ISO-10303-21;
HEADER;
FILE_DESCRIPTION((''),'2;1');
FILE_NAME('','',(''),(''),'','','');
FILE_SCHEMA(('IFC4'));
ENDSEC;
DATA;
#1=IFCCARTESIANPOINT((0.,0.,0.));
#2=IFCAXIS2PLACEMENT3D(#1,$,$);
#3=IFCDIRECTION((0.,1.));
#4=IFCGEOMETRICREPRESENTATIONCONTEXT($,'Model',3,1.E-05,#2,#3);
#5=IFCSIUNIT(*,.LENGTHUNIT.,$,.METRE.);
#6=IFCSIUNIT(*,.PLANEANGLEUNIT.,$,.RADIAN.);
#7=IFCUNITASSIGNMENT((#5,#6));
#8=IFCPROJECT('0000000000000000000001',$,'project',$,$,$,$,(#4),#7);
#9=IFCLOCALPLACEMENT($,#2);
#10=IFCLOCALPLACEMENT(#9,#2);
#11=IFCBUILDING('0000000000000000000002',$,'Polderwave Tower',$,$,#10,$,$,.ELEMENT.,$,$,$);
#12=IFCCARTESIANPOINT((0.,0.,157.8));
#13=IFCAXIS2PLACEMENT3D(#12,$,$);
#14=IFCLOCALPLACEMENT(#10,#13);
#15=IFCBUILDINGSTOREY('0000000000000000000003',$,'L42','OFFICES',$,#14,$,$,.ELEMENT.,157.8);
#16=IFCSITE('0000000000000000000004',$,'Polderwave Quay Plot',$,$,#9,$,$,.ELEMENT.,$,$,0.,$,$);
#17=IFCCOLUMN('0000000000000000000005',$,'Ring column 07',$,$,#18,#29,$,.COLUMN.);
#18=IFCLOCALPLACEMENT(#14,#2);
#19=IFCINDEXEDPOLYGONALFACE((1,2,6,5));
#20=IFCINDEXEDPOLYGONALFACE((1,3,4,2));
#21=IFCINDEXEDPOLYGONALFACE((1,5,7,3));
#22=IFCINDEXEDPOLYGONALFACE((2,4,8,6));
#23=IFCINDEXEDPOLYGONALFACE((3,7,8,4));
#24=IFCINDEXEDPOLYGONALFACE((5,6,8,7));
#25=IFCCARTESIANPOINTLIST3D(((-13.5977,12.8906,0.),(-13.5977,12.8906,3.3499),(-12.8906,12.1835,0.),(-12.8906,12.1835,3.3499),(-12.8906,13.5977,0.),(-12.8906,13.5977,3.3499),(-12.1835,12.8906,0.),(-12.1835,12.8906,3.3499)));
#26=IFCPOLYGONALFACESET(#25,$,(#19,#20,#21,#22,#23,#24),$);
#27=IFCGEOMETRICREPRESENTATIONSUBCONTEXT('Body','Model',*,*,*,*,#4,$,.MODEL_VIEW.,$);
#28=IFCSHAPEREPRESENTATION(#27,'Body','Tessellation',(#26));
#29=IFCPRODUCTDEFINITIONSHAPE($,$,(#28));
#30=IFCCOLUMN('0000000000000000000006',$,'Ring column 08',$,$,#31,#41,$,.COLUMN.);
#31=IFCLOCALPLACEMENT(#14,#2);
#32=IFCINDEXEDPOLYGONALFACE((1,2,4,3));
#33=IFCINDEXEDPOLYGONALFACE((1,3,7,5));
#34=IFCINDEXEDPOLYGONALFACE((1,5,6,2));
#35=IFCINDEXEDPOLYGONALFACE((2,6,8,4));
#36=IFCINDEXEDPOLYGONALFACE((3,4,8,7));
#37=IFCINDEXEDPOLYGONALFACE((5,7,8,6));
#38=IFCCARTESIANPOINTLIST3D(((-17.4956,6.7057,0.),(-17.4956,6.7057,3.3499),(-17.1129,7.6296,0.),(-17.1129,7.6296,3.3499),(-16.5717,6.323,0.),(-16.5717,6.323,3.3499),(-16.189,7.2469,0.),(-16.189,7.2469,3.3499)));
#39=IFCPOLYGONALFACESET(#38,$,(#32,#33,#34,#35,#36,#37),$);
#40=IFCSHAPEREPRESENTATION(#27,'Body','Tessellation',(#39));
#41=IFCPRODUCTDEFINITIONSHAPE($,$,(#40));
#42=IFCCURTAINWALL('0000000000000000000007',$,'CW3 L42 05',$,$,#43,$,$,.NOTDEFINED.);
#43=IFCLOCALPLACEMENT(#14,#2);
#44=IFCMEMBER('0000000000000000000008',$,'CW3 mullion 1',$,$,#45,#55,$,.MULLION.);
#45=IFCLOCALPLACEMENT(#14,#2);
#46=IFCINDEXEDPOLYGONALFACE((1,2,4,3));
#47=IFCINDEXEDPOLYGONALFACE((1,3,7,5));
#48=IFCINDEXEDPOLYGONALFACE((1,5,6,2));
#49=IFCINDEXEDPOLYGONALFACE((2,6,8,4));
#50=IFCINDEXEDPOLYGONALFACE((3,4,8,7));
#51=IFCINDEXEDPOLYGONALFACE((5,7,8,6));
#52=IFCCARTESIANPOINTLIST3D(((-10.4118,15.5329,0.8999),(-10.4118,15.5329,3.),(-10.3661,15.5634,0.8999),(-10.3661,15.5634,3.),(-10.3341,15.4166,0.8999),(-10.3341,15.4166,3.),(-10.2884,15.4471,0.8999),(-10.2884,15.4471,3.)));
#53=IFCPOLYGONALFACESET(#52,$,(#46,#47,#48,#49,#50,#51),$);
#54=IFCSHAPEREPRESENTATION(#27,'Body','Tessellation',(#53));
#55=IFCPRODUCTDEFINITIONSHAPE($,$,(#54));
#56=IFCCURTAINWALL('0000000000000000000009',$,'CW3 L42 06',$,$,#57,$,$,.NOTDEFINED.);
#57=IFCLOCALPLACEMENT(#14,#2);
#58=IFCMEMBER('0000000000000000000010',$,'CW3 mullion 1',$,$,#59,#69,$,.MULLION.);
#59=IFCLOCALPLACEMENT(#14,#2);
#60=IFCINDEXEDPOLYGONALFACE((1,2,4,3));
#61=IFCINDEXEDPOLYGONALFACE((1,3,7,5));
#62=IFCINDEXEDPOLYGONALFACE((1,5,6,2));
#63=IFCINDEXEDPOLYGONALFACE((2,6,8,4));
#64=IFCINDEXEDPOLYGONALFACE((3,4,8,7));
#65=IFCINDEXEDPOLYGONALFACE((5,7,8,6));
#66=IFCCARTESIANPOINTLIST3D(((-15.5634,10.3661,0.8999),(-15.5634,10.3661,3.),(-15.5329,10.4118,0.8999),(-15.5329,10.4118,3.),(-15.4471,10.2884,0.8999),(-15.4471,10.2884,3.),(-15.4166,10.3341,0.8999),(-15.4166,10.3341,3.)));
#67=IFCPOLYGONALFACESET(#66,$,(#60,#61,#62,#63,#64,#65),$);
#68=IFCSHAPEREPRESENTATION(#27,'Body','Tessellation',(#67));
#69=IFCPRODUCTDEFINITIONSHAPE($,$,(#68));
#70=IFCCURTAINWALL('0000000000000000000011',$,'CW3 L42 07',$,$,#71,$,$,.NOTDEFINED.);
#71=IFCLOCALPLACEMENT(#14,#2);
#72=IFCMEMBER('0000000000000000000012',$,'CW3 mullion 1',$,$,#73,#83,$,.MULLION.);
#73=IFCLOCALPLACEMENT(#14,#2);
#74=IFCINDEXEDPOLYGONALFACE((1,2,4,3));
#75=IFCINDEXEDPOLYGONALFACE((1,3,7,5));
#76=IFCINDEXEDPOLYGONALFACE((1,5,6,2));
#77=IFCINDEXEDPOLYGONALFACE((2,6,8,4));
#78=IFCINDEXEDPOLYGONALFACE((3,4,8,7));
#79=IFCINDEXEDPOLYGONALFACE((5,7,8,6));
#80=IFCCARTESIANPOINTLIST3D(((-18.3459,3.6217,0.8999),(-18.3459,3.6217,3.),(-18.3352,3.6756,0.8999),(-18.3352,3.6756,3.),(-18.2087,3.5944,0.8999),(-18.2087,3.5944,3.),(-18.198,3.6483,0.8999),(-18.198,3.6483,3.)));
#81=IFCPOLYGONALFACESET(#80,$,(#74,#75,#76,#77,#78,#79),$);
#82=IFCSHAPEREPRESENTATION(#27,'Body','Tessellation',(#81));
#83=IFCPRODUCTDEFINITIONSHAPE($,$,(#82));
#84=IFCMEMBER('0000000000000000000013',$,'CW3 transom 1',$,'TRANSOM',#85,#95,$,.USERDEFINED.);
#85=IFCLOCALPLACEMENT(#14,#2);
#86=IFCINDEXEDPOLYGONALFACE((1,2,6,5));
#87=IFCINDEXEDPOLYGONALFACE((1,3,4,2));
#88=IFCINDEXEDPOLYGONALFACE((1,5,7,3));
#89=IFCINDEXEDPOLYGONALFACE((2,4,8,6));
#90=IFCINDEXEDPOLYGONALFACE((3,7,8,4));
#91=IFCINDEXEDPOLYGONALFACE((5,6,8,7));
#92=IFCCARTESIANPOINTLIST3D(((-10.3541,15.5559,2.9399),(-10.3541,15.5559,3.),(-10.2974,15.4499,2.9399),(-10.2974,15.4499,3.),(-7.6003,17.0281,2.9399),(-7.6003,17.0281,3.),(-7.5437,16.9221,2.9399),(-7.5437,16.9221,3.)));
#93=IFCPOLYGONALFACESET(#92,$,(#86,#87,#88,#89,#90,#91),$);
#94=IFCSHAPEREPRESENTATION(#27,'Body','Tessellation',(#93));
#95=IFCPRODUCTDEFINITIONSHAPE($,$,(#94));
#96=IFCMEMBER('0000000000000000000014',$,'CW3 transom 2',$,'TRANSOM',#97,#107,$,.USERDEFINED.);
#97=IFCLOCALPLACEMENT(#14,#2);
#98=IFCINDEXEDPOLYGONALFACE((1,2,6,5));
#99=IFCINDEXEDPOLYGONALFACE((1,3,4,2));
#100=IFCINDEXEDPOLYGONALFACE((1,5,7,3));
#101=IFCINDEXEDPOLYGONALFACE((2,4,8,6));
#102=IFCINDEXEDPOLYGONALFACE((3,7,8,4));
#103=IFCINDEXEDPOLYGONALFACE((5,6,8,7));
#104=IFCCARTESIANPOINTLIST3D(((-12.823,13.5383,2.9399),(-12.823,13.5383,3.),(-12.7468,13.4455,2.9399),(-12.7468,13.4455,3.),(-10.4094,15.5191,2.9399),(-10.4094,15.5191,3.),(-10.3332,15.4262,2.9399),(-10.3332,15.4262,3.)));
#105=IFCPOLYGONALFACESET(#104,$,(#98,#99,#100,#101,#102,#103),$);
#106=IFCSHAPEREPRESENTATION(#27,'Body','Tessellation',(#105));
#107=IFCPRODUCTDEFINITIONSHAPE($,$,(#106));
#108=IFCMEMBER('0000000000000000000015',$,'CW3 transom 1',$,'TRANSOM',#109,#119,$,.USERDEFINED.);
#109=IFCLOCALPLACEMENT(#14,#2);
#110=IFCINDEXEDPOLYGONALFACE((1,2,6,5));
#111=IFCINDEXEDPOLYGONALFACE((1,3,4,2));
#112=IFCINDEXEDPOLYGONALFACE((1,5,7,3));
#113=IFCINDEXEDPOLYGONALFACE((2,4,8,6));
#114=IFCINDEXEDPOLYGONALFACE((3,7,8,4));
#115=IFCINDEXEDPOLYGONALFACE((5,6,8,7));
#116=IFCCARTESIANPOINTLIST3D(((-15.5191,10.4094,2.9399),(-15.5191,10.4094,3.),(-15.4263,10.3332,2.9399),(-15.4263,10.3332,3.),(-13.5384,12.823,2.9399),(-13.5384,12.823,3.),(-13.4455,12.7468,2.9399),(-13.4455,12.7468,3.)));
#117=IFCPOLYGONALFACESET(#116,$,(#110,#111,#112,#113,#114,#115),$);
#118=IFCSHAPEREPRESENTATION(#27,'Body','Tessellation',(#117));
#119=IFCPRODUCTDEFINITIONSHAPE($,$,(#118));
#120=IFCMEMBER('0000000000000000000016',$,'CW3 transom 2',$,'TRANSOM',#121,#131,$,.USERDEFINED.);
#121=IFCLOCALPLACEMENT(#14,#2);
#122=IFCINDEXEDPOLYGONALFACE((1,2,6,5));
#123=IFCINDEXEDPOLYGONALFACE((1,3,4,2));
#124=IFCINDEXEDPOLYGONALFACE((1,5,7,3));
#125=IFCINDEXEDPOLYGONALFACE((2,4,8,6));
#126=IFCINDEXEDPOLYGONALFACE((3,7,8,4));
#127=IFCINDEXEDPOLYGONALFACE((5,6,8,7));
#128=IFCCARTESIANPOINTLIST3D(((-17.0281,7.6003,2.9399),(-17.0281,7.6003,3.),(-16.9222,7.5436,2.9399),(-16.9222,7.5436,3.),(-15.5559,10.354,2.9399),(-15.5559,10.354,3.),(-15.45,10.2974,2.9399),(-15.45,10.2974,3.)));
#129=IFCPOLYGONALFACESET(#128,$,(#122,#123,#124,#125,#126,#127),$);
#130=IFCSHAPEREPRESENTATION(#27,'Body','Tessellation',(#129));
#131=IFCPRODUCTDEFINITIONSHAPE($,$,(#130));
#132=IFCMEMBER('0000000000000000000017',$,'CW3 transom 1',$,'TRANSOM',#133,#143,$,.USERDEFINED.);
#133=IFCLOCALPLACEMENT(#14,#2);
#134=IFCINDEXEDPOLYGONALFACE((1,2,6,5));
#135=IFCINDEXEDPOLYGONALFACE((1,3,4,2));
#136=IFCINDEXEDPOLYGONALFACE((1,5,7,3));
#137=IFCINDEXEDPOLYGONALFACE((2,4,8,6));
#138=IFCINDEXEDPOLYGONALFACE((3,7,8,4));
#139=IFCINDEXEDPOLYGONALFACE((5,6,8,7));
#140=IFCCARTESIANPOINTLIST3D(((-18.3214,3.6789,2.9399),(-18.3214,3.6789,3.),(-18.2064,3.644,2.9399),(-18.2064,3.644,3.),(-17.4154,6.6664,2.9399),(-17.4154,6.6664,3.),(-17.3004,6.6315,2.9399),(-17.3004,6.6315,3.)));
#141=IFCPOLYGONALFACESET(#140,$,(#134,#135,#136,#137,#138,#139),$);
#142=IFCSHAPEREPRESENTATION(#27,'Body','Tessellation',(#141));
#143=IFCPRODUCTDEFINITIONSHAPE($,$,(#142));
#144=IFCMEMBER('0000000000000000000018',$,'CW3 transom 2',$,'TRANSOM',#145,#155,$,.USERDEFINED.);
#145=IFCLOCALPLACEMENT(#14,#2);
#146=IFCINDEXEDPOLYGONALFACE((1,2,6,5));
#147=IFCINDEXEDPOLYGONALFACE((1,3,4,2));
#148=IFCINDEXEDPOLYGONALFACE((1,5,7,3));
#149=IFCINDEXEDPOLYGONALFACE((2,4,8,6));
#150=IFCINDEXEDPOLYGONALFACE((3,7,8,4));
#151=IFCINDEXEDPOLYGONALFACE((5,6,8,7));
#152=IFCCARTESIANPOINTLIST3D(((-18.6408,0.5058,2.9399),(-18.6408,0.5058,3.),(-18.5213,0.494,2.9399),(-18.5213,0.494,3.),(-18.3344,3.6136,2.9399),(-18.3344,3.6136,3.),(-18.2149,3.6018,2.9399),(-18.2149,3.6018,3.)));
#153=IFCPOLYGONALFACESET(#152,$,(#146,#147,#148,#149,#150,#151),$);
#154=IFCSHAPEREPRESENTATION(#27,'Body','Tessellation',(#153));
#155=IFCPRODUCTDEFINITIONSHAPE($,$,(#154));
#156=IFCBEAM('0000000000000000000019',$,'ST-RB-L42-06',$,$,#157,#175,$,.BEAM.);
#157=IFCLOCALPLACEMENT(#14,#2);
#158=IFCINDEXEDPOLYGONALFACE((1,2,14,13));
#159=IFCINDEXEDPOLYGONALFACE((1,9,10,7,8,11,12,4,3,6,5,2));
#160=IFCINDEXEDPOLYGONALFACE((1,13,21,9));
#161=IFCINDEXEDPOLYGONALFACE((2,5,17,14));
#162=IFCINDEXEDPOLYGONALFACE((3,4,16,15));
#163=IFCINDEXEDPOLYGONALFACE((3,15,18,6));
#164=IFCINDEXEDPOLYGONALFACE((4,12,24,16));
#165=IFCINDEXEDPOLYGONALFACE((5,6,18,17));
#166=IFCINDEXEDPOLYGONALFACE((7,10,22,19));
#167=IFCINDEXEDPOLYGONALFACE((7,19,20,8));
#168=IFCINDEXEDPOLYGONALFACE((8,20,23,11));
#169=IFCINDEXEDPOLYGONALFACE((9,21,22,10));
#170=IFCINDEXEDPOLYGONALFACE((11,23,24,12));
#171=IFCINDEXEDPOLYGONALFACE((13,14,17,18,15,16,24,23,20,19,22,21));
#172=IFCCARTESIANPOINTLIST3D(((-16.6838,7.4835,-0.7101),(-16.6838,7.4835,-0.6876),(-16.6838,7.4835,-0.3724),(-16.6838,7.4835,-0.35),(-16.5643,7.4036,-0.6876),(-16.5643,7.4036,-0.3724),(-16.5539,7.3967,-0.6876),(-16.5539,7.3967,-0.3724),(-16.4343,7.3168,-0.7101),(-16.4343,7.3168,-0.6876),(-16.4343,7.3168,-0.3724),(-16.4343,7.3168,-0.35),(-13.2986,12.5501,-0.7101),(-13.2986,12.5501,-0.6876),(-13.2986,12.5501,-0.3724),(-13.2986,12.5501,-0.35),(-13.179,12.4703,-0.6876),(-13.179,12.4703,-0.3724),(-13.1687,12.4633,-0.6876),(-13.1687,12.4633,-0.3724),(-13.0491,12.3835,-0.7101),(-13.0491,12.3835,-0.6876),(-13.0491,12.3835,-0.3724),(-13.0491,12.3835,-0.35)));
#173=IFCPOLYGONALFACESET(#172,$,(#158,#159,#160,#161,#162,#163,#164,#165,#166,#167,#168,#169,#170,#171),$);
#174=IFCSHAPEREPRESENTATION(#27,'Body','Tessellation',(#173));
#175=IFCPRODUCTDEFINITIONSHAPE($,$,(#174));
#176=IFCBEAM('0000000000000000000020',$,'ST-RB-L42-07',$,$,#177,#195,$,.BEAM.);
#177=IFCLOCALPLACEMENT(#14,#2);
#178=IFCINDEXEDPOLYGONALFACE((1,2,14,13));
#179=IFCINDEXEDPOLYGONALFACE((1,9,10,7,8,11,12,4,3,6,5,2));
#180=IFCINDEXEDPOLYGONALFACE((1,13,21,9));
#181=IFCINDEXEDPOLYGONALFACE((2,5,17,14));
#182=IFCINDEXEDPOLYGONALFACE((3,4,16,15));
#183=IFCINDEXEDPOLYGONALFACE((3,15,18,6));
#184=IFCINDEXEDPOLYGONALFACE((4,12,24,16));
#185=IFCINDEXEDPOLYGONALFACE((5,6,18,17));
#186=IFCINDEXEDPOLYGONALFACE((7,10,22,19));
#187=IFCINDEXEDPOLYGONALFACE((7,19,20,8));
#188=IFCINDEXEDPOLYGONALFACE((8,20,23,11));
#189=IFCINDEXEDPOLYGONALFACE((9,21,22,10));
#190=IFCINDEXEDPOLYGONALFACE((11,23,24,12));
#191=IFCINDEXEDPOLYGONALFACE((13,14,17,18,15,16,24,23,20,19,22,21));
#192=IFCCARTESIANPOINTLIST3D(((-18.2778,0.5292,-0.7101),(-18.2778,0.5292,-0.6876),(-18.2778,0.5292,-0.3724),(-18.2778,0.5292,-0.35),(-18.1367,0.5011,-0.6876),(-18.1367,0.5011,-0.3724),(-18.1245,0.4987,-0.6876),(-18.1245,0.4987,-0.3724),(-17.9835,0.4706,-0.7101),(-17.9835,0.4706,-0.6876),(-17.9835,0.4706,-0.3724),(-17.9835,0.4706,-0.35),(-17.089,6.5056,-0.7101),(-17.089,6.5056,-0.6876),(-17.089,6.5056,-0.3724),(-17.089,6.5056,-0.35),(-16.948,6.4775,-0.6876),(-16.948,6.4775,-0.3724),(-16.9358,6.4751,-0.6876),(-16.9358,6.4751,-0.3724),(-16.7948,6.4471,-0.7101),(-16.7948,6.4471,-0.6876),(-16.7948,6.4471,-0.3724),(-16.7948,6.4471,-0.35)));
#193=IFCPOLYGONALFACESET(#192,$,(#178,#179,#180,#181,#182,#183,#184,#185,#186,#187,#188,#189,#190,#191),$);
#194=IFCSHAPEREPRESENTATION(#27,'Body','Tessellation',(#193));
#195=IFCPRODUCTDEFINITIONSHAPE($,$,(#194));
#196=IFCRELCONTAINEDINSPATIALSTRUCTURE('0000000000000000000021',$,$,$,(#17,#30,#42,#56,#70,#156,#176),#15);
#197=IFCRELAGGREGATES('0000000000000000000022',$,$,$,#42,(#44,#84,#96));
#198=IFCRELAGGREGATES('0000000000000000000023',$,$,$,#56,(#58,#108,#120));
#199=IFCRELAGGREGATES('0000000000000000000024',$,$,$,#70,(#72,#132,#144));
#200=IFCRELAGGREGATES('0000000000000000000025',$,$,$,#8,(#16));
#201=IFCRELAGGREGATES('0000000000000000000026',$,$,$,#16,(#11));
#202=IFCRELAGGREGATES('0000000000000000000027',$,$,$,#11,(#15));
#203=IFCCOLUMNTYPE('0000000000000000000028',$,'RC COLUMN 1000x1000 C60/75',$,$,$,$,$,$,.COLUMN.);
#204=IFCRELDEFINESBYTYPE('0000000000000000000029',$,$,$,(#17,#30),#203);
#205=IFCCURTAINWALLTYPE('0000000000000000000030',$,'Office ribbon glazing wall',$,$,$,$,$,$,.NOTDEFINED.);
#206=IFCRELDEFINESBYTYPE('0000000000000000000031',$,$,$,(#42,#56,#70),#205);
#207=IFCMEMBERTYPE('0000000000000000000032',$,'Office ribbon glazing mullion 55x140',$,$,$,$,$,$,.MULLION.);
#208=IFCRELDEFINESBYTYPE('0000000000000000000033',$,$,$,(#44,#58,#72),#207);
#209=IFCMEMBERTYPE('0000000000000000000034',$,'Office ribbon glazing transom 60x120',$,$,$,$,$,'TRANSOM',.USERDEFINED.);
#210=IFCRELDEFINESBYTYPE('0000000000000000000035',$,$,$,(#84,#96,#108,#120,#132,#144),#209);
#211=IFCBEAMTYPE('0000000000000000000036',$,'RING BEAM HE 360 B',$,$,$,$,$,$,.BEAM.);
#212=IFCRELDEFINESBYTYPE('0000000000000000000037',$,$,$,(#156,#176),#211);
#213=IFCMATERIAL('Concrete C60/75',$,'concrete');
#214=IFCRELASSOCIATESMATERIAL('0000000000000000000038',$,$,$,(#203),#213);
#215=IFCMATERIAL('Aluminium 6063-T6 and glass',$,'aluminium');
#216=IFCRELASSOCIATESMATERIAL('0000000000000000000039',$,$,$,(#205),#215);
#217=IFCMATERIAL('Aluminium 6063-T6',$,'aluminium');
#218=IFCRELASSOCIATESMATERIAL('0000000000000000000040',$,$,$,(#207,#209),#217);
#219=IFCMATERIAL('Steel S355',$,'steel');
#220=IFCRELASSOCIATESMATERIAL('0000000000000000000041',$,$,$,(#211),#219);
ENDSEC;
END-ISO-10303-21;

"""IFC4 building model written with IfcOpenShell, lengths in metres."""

from ifc_helpers import new_model, si_unit, direction, frame, origin, origin_2d, place, context, subcontext, project, spatial, rectangle, i_section, extrude, material, material_profile, profile_set, type_object, element, aggregate, save


model = new_model("IFC4")

# Units and contexts
model_context = context("Model", 3, precision=1e-05, world=origin(), true_north=direction((0.0, 1.0)))
body_context = subcontext(model_context, "Body", "Model", "MODEL_VIEW")
ifc_project = project(units=[si_unit("LENGTHUNIT", "METRE"), si_unit("PLANEANGLEUNIT", "RADIAN")], contexts=[model_context])

# Site, building, storey
site_placement = place(None, origin())
site = spatial("IfcSite", under=ifc_project, at=site_placement, Name="Polderwave Quay Plot", CompositionType="ELEMENT", RefElevation=0.0)
building_placement = place(site_placement, origin())
building = spatial("IfcBuilding", under=site, at=building_placement, Name="Polderwave Tower", CompositionType="ELEMENT")
storey_placement = place(building_placement, frame((0.0, 0.0, 157.8)))
storey = spatial("IfcBuildingStorey", under=building, at=storey_placement, Name="L42", Description="OFFICES", CompositionType="ELEMENT", Elevation=157.8)

# Columns
ifc_material_1 = material(Name="Concrete C60/75", Category="concrete")
ifc_material_profile_1 = material_profile(ifc_material_1, rectangle(XDim=1.0, YDim=1.0, at=origin_2d()), Name="RC 1000x1000")
ifc_profile_set_1 = profile_set([ifc_material_profile_1], Name="Concrete C60/75")
column_type = type_object("IfcColumnType", Name="RC COLUMN 1000x1000 C60/75", PredefinedType="COLUMN", material=ifc_profile_set_1)
for number, where, z_axis, x_axis, name in (
    (1, (-12.8906, 12.8906, 0.0), (0.0, 0.0, 1.0), (-0.707107, 0.707107, 0.0), "Ring column 07"),
    (2, (-16.8423, 6.9763, 0.0), (0.0, 0.0, 1.0), (-0.92388, 0.382683, 0.0), "Ring column 08"),
):
    element("IfcColumn", number, at=place(storey_placement, frame(where, z_axis=z_axis, x_axis=x_axis)), inside=storey, type_object=column_type, Name=name, PredefinedType="COLUMN", context=body_context, shape_type="SweptSolid", body=[
        extrude(rectangle(XDim=1.0, YDim=1.0, at=origin_2d()), origin(), (0.0, 0.0, 1.0), 3.3499),
    ])

# Curtain walls, members
ifc_material_2 = material(Name="Aluminium 6063-T6 and glass", Category="aluminium")
curtain_wall_type = type_object("IfcCurtainWallType", Name="Office ribbon glazing wall", PredefinedType="NOTDEFINED", material=ifc_material_2)
curtain_wall_1_placement = place(storey_placement, origin())
curtain_wall_1 = element("IfcCurtainWall", 3, at=curtain_wall_1_placement, inside=storey, type_object=curtain_wall_type, Name="CW3 L42 05", PredefinedType="NOTDEFINED")
ifc_material_3 = material(Name="Aluminium 6063-T6", Category="aluminium")
ifc_material_profile_2 = material_profile(ifc_material_3, rectangle(XDim=0.1399, YDim=0.0549, at=origin_2d()), Name="AL 55x140")
ifc_profile_set_2 = profile_set([ifc_material_profile_2], Name="Aluminium 6063-T6")
member_type_1 = type_object("IfcMemberType", Name="Office ribbon glazing mullion 55x140", PredefinedType="MULLION", material=ifc_profile_set_2)
member_1_placement = place(storey_placement, frame((-10.3501, 15.49, 0.8999), z_axis=(0.0, 0.0, 1.0), x_axis=(0.555548, -0.831484, 0.0)))
member_1 = element("IfcMember", 4, at=member_1_placement, type_object=member_type_1, Name="CW3 mullion 1", PredefinedType="MULLION", context=body_context, shape_type="SweptSolid", body=[
    extrude(rectangle(XDim=0.1399, YDim=0.0549, at=origin_2d()), origin(), (0.0, 0.0, 1.0), 2.1001),
])
curtain_wall_2_placement = place(storey_placement, origin())
curtain_wall_2 = element("IfcCurtainWall", 5, at=curtain_wall_2_placement, inside=storey, type_object=curtain_wall_type, Name="CW3 L42 06", PredefinedType="NOTDEFINED")
member_2_placement = place(storey_placement, frame((-15.49, 10.3501, 0.8999), z_axis=(0.0, 0.0, 1.0), x_axis=(0.831484, -0.555548, 0.0)))
member_2 = element("IfcMember", 6, at=member_2_placement, type_object=member_type_1, Name="CW3 mullion 1", PredefinedType="MULLION", context=body_context, shape_type="SweptSolid", body=[
    extrude(rectangle(XDim=0.1399, YDim=0.0549, at=origin_2d()), origin(), (0.0, 0.0, 1.0), 2.1001),
])
curtain_wall_3_placement = place(storey_placement, origin())
curtain_wall_3 = element("IfcCurtainWall", 7, at=curtain_wall_3_placement, inside=storey, type_object=curtain_wall_type, Name="CW3 L42 07", PredefinedType="NOTDEFINED")
member_3_placement = place(storey_placement, frame((-18.272, 3.635, 0.8999), z_axis=(0.0, 0.0, 1.0), x_axis=(0.980787, -0.195083, 0.0)))
member_3 = element("IfcMember", 8, at=member_3_placement, type_object=member_type_1, Name="CW3 mullion 1", PredefinedType="MULLION", context=body_context, shape_type="SweptSolid", body=[
    extrude(rectangle(XDim=0.1399, YDim=0.0549, at=origin_2d()), origin(), (0.0, 0.0, 1.0), 2.1001),
])

# Members
ifc_material_profile_3 = material_profile(ifc_material_3, rectangle(XDim=0.1201, YDim=0.0601, at=origin_2d()), Name="AL 60x120")
ifc_profile_set_3 = profile_set([ifc_material_profile_3], Name="Aluminium 6063-T6")
member_type_2 = type_object("IfcMemberType", Name="Office ribbon glazing transom 60x120", ElementType="TRANSOM", PredefinedType="USERDEFINED", material=ifc_profile_set_3)
member_4_placement = place(storey_placement, frame((-7.572, 16.9751, 2.97), z_axis=(-0.881881, -0.471473, 0.0), x_axis=(0.471473, -0.881881, 0.0)))
member_4 = element("IfcMember", 9, at=member_4_placement, type_object=member_type_2, Name="CW3 transom 1", ObjectType="TRANSOM", PredefinedType="USERDEFINED", context=body_context, shape_type="SweptSolid", body=[
    extrude(rectangle(XDim=0.1201, YDim=0.0601, at=origin_2d()), origin(), (0.0, 0.0, 1.0), 3.1226),
])
member_5_placement = place(storey_placement, frame((-10.3713, 15.4727, 2.97), z_axis=(-0.773019, -0.634383, 0.0), x_axis=(0.634383, -0.773019, 0.0)))
member_5 = element("IfcMember", 10, at=member_5_placement, type_object=member_type_2, Name="CW3 transom 2", ObjectType="TRANSOM", PredefinedType="USERDEFINED", context=body_context, shape_type="SweptSolid", body=[
    extrude(rectangle(XDim=0.1201, YDim=0.0601, at=origin_2d()), origin(), (0.0, 0.0, 1.0), 3.1223),
])
member_6_placement = place(storey_placement, frame((-13.4919, 12.7849, 2.97), z_axis=(-0.634383, -0.773019, 0.0), x_axis=(0.773019, -0.634383, 0.0)))
member_6 = element("IfcMember", 11, at=member_6_placement, type_object=member_type_2, Name="CW3 transom 1", ObjectType="TRANSOM", PredefinedType="USERDEFINED", context=body_context, shape_type="SweptSolid", body=[
    extrude(rectangle(XDim=0.1201, YDim=0.0601, at=origin_2d()), origin(), (0.0, 0.0, 1.0), 3.1223),
])
member_7_placement = place(storey_placement, frame((-15.5029, 10.3257, 2.97), z_axis=(-0.471473, -0.881881, 0.0), x_axis=(0.881881, -0.471473, 0.0)))
member_7 = element("IfcMember", 12, at=member_7_placement, type_object=member_type_2, Name="CW3 transom 2", ObjectType="TRANSOM", PredefinedType="USERDEFINED", context=body_context, shape_type="SweptSolid", body=[
    extrude(rectangle(XDim=0.1201, YDim=0.0601, at=origin_2d()), origin(), (0.0, 0.0, 1.0), 3.1226),
])
member_8_placement = place(storey_placement, frame((-17.3579, 6.6489, 2.97), z_axis=(-0.290209, -0.956963, 0.0), x_axis=(0.956963, -0.290209, 0.0)))
member_8 = element("IfcMember", 13, at=member_8_placement, type_object=member_type_2, Name="CW3 transom 1", ObjectType="TRANSOM", PredefinedType="USERDEFINED", context=body_context, shape_type="SweptSolid", body=[
    extrude(rectangle(XDim=0.1201, YDim=0.0601, at=origin_2d()), origin(), (0.0, 0.0, 1.0), 3.1218),
])
member_9_placement = place(storey_placement, frame((-18.2747, 3.6077, 2.97), z_axis=(-0.098118, -0.995175, 0.0), x_axis=(0.995175, -0.098118, 0.0)))
member_9 = element("IfcMember", 14, at=member_9_placement, type_object=member_type_2, Name="CW3 transom 2", ObjectType="TRANSOM", PredefinedType="USERDEFINED", context=body_context, shape_type="SweptSolid", body=[
    extrude(rectangle(XDim=0.1201, YDim=0.0601, at=origin_2d()), origin(), (0.0, 0.0, 1.0), 3.1228),
])

# Beams
ifc_material_4 = material(Name="Steel S355", Category="steel")
ifc_material_profile_4 = material_profile(ifc_material_4, i_section(OverallWidth=0.3, OverallDepth=0.3601, WebThickness=0.0125, FlangeThickness=0.0225, at=origin_2d()), Name="HE 360 B")
ifc_profile_set_4 = profile_set([ifc_material_profile_4], Name="Steel S355")
beam_type = type_object("IfcBeamType", Name="RING BEAM HE 360 B", PredefinedType="BEAM", material=ifc_profile_set_4)
for number, where, z_axis, x_axis, name in (
    (15, (-13.1738, 12.4668, -0.53), (-0.555551, -0.831483, 0.0), (0.831483, -0.555551, 0.0), "ST-RB-L42-06"),
    (16, (-16.9419, 6.4763, -0.53), (-0.195084, -0.980787, 0.0), (0.980787, -0.195084, 0.0), "ST-RB-L42-07"),
):
    element("IfcBeam", number, at=place(storey_placement, frame(where, z_axis=z_axis, x_axis=x_axis)), inside=storey, type_object=beam_type, Name=name, PredefinedType="BEAM", context=body_context, shape_type="SweptSolid", body=[
        extrude(i_section(OverallWidth=0.3, OverallDepth=0.3601, WebThickness=0.0125, FlangeThickness=0.0225, at=origin_2d()), origin(), (0.0, 0.0, 1.0), 6.0935),
    ])

aggregate(curtain_wall_1, [member_1, member_4, member_5])
aggregate(curtain_wall_2, [member_2, member_6, member_7])
aggregate(curtain_wall_3, [member_3, member_8, member_9])

save(model, "model.ifc")
